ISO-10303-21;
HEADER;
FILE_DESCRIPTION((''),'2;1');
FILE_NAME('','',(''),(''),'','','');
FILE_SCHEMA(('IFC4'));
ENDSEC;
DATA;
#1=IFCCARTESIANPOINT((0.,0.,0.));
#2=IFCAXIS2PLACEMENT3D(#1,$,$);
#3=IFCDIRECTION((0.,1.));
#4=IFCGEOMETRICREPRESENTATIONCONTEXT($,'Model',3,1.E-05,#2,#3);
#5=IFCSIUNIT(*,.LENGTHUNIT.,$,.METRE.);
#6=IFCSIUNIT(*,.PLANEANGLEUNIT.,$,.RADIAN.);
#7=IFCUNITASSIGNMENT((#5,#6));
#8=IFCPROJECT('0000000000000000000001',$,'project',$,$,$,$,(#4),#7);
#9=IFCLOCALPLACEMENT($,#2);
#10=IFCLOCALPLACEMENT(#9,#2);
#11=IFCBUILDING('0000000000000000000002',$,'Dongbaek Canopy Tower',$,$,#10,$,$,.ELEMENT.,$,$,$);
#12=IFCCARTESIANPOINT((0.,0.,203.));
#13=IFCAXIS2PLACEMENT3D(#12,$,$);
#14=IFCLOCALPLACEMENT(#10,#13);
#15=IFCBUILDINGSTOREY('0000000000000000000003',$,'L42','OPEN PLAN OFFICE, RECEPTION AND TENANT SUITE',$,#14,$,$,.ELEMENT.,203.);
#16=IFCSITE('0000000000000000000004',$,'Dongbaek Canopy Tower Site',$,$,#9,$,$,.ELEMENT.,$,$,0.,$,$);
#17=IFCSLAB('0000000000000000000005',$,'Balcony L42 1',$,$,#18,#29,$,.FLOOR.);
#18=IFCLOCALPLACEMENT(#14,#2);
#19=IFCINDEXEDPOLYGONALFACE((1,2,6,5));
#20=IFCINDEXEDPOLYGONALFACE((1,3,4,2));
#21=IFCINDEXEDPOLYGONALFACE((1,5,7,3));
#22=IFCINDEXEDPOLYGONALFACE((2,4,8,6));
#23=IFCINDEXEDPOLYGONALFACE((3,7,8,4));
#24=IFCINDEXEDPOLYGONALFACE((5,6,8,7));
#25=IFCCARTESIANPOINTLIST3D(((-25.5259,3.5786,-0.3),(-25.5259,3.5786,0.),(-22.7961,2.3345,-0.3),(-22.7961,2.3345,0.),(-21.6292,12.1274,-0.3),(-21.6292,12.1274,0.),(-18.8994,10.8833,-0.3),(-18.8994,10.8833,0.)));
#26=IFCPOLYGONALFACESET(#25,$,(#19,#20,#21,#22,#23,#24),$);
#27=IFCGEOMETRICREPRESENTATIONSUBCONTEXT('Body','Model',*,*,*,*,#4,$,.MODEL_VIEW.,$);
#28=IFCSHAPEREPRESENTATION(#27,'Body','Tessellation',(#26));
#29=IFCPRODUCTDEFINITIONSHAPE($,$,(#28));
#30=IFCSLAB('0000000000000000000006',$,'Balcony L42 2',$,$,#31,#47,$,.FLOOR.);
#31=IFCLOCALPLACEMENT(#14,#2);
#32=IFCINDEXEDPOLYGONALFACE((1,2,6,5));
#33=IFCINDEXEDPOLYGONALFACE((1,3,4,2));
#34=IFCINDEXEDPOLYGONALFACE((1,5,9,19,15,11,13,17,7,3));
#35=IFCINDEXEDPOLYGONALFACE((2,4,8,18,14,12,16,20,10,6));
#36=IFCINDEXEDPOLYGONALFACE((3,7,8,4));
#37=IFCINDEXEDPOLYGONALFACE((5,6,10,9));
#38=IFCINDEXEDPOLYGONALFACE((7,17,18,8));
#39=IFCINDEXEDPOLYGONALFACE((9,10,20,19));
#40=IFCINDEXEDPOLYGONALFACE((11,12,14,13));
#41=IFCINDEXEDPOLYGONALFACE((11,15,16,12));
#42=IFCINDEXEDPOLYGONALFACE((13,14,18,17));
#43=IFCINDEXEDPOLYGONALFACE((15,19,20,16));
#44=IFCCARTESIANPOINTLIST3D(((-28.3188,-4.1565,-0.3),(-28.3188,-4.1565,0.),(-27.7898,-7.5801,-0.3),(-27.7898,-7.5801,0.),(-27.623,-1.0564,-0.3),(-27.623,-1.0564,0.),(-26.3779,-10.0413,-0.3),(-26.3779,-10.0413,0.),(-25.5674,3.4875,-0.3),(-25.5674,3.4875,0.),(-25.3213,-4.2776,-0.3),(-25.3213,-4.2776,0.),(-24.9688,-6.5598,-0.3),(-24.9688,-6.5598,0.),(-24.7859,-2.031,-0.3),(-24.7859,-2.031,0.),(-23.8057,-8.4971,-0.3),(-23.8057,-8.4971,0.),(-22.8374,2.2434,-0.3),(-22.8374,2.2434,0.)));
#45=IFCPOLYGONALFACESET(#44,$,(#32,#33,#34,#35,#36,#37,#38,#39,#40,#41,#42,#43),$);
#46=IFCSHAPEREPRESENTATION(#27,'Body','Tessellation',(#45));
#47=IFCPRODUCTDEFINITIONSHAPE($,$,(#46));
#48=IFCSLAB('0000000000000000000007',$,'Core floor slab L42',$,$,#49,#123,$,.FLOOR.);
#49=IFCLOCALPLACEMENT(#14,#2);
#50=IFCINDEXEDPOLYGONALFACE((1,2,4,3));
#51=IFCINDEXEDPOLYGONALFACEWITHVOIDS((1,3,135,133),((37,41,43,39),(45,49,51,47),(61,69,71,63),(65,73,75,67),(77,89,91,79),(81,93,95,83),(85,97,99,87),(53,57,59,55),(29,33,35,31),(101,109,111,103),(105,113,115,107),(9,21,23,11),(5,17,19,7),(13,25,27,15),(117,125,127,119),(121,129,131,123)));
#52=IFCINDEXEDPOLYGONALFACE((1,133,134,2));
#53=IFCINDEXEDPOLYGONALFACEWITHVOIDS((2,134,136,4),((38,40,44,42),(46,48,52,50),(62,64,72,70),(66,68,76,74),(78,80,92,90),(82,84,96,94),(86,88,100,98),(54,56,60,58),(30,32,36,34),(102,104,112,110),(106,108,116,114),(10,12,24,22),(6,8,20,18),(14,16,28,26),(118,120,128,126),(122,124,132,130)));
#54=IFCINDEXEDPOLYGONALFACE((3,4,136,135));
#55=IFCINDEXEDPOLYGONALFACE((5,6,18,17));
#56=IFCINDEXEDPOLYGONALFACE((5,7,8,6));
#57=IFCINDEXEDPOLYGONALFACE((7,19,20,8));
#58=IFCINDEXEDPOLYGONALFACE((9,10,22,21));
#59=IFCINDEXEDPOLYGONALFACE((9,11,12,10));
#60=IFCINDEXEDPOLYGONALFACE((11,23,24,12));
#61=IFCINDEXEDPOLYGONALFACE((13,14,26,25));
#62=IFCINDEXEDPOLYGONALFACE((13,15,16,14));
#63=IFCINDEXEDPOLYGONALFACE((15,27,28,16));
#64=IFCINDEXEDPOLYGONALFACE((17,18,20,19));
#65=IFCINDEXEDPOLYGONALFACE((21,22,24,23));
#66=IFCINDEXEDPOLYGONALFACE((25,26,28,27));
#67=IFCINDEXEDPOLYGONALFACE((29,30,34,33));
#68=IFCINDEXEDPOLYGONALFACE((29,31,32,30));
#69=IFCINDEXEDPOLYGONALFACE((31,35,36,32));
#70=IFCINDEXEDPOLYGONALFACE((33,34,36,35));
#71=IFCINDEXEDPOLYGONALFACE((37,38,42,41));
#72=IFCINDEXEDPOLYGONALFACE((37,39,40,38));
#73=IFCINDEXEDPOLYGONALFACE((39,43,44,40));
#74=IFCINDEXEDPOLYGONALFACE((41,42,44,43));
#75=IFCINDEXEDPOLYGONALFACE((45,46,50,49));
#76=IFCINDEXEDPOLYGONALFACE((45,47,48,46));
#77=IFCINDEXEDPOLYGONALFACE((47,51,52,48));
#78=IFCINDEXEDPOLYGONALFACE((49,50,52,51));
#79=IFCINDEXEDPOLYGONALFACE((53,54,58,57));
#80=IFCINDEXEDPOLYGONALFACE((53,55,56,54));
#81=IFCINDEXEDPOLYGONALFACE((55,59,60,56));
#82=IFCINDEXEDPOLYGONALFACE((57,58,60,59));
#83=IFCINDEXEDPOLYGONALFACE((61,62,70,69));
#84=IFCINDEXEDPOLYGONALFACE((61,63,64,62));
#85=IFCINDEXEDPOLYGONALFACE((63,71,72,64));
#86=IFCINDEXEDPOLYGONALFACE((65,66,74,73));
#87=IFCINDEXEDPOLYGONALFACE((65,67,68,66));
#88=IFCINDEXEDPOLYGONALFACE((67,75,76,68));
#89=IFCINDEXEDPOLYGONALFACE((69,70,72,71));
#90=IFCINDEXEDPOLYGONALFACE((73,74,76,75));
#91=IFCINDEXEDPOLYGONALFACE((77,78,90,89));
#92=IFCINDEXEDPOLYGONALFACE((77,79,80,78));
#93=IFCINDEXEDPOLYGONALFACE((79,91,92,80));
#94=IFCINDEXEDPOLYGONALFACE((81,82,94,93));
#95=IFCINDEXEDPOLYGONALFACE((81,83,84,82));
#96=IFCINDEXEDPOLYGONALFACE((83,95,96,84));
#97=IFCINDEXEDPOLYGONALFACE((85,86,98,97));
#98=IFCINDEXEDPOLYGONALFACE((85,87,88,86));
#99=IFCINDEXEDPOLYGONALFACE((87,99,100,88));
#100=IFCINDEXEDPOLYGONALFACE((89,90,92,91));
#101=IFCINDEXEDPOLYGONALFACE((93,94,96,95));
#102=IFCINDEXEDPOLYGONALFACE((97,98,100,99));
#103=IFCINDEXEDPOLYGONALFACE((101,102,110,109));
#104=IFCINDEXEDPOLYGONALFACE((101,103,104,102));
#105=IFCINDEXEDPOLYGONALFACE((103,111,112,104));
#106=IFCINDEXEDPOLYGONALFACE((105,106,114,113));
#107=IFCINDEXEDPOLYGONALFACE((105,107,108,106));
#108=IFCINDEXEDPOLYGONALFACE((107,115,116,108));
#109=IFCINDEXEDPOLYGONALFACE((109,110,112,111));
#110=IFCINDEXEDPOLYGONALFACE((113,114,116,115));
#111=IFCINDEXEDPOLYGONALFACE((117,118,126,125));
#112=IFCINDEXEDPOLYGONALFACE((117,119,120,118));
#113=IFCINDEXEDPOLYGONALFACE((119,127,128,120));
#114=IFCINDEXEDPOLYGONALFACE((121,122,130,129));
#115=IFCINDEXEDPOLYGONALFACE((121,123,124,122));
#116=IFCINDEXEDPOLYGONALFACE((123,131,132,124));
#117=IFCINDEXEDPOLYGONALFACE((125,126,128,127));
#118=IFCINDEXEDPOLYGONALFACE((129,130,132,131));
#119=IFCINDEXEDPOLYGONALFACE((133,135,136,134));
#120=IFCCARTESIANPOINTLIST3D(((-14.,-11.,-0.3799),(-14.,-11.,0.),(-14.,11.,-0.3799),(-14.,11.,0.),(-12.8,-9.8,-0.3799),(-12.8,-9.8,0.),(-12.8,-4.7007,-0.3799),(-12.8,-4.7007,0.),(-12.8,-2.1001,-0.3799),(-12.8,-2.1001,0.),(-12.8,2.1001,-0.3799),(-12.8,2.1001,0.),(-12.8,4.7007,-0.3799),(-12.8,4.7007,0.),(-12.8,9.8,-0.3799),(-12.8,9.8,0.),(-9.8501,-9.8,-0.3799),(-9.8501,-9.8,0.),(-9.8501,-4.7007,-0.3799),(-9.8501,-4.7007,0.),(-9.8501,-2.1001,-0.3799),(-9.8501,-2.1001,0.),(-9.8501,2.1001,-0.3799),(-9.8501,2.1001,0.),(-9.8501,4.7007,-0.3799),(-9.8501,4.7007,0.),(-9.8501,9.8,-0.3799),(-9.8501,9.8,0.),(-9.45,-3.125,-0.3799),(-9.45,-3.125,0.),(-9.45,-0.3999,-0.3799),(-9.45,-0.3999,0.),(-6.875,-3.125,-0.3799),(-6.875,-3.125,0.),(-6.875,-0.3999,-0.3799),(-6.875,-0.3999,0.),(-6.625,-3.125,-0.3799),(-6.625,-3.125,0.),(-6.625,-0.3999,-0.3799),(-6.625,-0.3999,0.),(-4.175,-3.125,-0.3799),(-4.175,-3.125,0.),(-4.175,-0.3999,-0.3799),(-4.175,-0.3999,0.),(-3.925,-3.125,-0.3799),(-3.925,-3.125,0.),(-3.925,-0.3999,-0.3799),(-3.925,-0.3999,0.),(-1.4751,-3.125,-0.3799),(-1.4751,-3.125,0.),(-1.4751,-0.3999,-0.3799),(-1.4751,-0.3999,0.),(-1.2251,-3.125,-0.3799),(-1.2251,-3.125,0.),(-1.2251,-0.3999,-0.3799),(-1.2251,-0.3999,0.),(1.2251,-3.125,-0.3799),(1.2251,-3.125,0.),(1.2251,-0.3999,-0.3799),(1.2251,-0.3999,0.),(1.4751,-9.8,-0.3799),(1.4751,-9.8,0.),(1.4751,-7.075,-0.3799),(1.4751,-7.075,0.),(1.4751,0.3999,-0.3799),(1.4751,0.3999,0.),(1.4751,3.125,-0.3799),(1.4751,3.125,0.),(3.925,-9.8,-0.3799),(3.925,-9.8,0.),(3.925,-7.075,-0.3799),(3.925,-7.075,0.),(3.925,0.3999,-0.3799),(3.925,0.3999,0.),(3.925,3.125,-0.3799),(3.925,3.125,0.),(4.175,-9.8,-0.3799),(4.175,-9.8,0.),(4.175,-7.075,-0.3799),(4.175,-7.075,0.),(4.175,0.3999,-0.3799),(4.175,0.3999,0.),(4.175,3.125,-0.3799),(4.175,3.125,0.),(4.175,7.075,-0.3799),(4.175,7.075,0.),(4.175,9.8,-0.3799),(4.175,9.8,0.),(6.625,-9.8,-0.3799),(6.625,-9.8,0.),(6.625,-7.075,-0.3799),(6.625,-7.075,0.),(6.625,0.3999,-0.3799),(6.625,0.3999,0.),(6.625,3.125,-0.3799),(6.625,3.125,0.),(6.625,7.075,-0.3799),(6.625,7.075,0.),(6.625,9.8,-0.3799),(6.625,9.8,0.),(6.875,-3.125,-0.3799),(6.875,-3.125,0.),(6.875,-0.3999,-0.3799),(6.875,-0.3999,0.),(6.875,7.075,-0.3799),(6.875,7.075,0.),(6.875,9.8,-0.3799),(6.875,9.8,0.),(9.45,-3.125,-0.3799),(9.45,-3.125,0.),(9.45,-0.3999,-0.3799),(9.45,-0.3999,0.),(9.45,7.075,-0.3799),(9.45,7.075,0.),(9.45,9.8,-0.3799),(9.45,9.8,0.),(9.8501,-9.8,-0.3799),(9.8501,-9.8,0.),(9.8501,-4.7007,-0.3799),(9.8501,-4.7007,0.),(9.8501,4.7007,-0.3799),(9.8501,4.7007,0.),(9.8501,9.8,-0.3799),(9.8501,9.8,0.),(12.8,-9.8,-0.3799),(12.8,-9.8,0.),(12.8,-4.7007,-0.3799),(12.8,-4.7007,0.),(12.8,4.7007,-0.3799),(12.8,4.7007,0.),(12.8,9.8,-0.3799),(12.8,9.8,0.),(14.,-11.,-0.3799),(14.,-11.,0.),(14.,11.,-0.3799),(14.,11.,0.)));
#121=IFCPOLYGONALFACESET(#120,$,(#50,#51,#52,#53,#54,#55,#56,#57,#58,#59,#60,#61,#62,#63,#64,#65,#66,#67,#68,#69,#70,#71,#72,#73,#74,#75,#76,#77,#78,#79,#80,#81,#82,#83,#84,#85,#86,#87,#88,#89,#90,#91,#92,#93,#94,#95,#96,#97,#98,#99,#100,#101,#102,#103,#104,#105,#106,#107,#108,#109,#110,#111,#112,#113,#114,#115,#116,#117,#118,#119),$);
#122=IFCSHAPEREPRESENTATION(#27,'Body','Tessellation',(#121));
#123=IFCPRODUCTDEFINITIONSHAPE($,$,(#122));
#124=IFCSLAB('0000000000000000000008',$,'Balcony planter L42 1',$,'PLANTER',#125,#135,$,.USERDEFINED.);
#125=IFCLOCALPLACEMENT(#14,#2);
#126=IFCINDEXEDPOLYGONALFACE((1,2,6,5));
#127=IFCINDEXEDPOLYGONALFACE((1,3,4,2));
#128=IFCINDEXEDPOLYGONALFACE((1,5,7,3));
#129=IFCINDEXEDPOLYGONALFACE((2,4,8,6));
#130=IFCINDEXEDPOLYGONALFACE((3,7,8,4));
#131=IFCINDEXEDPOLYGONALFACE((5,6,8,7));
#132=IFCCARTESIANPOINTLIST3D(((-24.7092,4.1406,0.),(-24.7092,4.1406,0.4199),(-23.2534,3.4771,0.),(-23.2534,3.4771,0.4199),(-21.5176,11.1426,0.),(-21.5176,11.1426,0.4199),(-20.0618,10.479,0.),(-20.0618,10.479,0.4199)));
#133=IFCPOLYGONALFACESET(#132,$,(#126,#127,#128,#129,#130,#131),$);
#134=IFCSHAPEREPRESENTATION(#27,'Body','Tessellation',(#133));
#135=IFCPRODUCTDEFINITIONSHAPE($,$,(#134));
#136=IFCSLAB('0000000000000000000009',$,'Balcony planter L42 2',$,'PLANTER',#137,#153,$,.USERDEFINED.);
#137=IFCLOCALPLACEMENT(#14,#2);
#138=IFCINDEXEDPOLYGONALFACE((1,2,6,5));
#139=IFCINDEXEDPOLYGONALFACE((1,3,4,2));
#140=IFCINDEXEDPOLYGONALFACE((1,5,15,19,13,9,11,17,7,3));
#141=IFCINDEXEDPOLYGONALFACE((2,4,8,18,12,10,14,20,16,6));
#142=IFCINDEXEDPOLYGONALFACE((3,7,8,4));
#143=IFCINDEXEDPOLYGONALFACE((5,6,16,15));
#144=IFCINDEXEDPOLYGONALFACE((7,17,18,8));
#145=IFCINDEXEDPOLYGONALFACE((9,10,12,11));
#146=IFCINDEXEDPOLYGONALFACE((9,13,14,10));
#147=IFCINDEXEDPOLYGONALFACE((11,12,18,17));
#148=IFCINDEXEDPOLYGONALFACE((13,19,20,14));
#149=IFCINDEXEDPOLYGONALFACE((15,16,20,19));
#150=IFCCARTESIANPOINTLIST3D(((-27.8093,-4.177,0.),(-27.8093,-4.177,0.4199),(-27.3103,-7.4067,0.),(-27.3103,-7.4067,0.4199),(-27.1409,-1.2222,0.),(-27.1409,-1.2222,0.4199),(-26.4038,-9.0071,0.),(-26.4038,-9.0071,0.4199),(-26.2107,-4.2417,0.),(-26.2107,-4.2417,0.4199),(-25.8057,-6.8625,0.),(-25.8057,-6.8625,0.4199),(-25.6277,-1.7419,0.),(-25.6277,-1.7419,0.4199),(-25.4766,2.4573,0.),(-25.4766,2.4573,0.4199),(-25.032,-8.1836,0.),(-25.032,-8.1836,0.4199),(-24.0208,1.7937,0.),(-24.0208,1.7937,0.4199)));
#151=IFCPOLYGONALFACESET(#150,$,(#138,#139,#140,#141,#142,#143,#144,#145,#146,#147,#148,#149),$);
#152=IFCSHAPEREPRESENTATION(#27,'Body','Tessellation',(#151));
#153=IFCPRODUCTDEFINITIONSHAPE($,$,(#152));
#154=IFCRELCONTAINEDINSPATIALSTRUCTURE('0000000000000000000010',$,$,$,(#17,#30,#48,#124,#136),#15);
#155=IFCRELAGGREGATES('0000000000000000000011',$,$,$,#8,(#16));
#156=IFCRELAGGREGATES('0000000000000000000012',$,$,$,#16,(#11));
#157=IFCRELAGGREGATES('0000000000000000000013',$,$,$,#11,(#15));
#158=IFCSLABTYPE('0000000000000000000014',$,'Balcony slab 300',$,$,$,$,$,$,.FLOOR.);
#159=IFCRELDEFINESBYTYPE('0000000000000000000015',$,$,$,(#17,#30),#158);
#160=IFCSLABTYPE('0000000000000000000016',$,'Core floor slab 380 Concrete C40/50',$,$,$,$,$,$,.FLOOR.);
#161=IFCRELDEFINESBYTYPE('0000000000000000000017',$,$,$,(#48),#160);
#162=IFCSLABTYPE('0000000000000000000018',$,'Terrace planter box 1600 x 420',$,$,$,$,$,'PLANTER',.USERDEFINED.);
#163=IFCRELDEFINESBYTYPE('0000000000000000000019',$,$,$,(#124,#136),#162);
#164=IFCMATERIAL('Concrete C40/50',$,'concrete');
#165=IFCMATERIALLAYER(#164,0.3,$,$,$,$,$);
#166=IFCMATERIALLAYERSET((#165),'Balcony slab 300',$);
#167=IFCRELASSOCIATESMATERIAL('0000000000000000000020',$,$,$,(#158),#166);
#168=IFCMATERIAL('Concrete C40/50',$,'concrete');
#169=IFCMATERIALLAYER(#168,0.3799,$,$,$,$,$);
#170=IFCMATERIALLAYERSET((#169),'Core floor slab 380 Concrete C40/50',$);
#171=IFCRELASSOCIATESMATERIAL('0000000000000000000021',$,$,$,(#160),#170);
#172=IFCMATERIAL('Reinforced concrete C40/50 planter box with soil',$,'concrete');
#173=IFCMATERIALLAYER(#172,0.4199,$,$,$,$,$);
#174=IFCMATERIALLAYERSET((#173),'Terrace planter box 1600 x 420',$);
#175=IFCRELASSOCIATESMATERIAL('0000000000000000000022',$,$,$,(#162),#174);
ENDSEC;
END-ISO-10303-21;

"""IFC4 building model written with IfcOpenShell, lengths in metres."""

from ifc_helpers import new_model, si_unit, direction, frame, origin, place, context, subcontext, project, spatial, polyline, outline, extrude, material, layer, layer_set, type_object, element, save


model = new_model("IFC4")

# Units and contexts
model_context = context("Model", 3, precision=1e-05, world=origin(), true_north=direction((0.0, 1.0)))
body_context = subcontext(model_context, "Body", "Model", "MODEL_VIEW")
ifc_project = project(units=[si_unit("LENGTHUNIT", "METRE"), si_unit("PLANEANGLEUNIT", "RADIAN")], contexts=[model_context])

# Site, building, storey
site_placement = place(None, origin())
site = spatial("IfcSite", under=ifc_project, at=site_placement, Name="Dongbaek Canopy Tower Site", CompositionType="ELEMENT", RefElevation=0.0)
building_placement = place(site_placement, origin())
building = spatial("IfcBuilding", under=site, at=building_placement, Name="Dongbaek Canopy Tower", CompositionType="ELEMENT")
storey_placement = place(building_placement, frame((0.0, 0.0, 203.0)))
storey = spatial("IfcBuildingStorey", under=building, at=storey_placement, Name="L42", Description="OPEN PLAN OFFICE, RECEPTION AND TENANT SUITE", CompositionType="ELEMENT", Elevation=203.0)

# Slabs
ifc_material_1 = material(Name="Concrete C40/50", Category="concrete")
ifc_layer_1 = layer(ifc_material_1, 0.3)
ifc_layer_set_1 = layer_set([ifc_layer_1], Name="Balcony slab 300")
slab_type_1 = type_object("IfcSlabType", Name="Balcony slab 300", PredefinedType="FLOOR", material=ifc_layer_set_1)
slab_1_placement = place(storey_placement, frame((0.0, 0.0, -0.3)))
element("IfcSlab", 1, at=slab_1_placement, inside=storey, type_object=slab_type_1, Name="Balcony L42 1", PredefinedType="FLOOR", context=body_context, shape_type="SweptSolid", body=[
    extrude(outline(polyline([(-18.8994, 10.8833), (-22.7961, 2.3345), (-25.5259, 3.5786), (-21.6292, 12.1274), (-18.8994, 10.8833)])), origin(), (0.0, 0.0, 1.0), 0.3),
])
slab_2_placement = place(storey_placement, frame((0.0, 0.0, -0.3)))
element("IfcSlab", 2, at=slab_2_placement, inside=storey, type_object=slab_type_1, Name="Balcony L42 2", PredefinedType="FLOOR", context=body_context, shape_type="SweptSolid", body=[
    extrude(outline(polyline([(-22.8374, 2.2434), (-24.7859, -2.031), (-25.3213, -4.2776), (-24.9688, -6.5598), (-23.8057, -8.4971), (-26.3779, -10.0413), (-27.7898, -7.5801), (-28.3188, -4.1565), (-27.623, -1.0564), (-25.5674, 3.4875), (-22.8374, 2.2434)])), origin(), (0.0, 0.0, 1.0), 0.3),
])
ifc_material_2 = material(Name="Concrete C40/50", Category="concrete")
ifc_layer_2 = layer(ifc_material_2, 0.3799)
ifc_layer_set_2 = layer_set([ifc_layer_2], Name="Core floor slab 380 Concrete C40/50")
slab_type_2 = type_object("IfcSlabType", Name="Core floor slab 380 Concrete C40/50", PredefinedType="FLOOR", material=ifc_layer_set_2)
slab_3_placement = place(storey_placement, frame((0.0, 0.0, -0.3799)))
element("IfcSlab", 3, at=slab_3_placement, inside=storey, type_object=slab_type_2, Name="Core floor slab L42", PredefinedType="FLOOR", context=body_context, shape_type="SweptSolid", body=[
    extrude(outline(polyline([(14.0, -11.0), (14.0, 11.0), (-14.0, 11.0), (-14.0, -11.0), (14.0, -11.0)]), holes=[polyline([(-12.8, 2.1001), (-9.8501, 2.1001), (-9.8501, -2.1001), (-12.8, -2.1001), (-12.8, 2.1001)]), polyline([(6.625, 9.8), (6.625, 7.075), (4.175, 7.075), (4.175, 9.8), (6.625, 9.8)]), polyline([(9.45, 7.075), (6.875, 7.075), (6.875, 9.8), (9.45, 9.8), (9.45, 7.075)]), polyline([(1.4751, 0.3999), (1.4751, 3.125), (3.925, 3.125), (3.925, 0.3999), (1.4751, 0.3999)]), polyline([(4.175, 0.3999), (4.175, 3.125), (6.625, 3.125), (6.625, 0.3999), (4.175, 0.3999)]), polyline([(-9.45, -0.3999), (-6.875, -0.3999), (-6.875, -3.125), (-9.45, -3.125), (-9.45, -0.3999)]), polyline([(-6.625, -3.125), (-6.625, -0.3999), (-4.175, -0.3999), (-4.175, -3.125), (-6.625, -3.125)]), polyline([(-3.925, -3.125), (-3.925, -0.3999), (-1.4751, -0.3999), (-1.4751, -3.125), (-3.925, -3.125)]), polyline([(-1.2251, -3.125), (-1.2251, -0.3999), (1.2251, -0.3999), (1.2251, -3.125), (-1.2251, -3.125)]), polyline([(9.45, -3.125), (6.875, -3.125), (6.875, -0.3999), (9.45, -0.3999), (9.45, -3.125)]), polyline([(1.4751, -9.8), (1.4751, -7.075), (3.925, -7.075), (3.925, -9.8), (1.4751, -9.8)]), polyline([(4.175, -9.8), (4.175, -7.075), (6.625, -7.075), (6.625, -9.8), (4.175, -9.8)]), polyline([(12.8, 4.7007), (12.8, 9.8), (9.8501, 9.8), (9.8501, 4.7007), (12.8, 4.7007)]), polyline([(-9.8501, 4.7007), (-9.8501, 9.8), (-12.8, 9.8), (-12.8, 4.7007), (-9.8501, 4.7007)]), polyline([(9.8501, -4.7007), (9.8501, -9.8), (12.8, -9.8), (12.8, -4.7007), (9.8501, -4.7007)]), polyline([(-12.8, -4.7007), (-12.8, -9.8), (-9.8501, -9.8), (-9.8501, -4.7007), (-12.8, -4.7007)])]), origin(), (0.0, 0.0, 1.0), 0.3799),
])
ifc_material_3 = material(Name="Reinforced concrete C40/50 planter box with soil", Category="concrete")
ifc_layer_3 = layer(ifc_material_3, 0.4199)
ifc_layer_set_3 = layer_set([ifc_layer_3], Name="Terrace planter box 1600 x 420")
slab_type_3 = type_object("IfcSlabType", Name="Terrace planter box 1600 x 420", ElementType="PLANTER", PredefinedType="USERDEFINED", material=ifc_layer_set_3)
slab_4_placement = place(storey_placement, origin())
element("IfcSlab", 4, at=slab_4_placement, inside=storey, type_object=slab_type_3, Name="Balcony planter L42 1", ObjectType="PLANTER", PredefinedType="USERDEFINED", context=body_context, shape_type="SweptSolid", body=[
    extrude(outline(polyline([(-20.0618, 10.479), (-23.2534, 3.4771), (-24.7092, 4.1406), (-21.5176, 11.1426), (-20.0618, 10.479)])), origin(), (0.0, 0.0, 1.0), 0.4199),
])
slab_5_placement = place(storey_placement, origin())
element("IfcSlab", 5, at=slab_5_placement, inside=storey, type_object=slab_type_3, Name="Balcony planter L42 2", ObjectType="PLANTER", PredefinedType="USERDEFINED", context=body_context, shape_type="SweptSolid", body=[
    extrude(outline(polyline([(-24.0208, 1.7937), (-25.6277, -1.7419), (-26.2107, -4.2417), (-25.8057, -6.8625), (-25.032, -8.1836), (-26.4038, -9.0071), (-27.3103, -7.4067), (-27.8093, -4.177), (-27.1409, -1.2222), (-25.4766, 2.4573), (-24.0208, 1.7937)])), origin(), (0.0, 0.0, 1.0), 0.4199),
])

save(model, "model.ifc")
